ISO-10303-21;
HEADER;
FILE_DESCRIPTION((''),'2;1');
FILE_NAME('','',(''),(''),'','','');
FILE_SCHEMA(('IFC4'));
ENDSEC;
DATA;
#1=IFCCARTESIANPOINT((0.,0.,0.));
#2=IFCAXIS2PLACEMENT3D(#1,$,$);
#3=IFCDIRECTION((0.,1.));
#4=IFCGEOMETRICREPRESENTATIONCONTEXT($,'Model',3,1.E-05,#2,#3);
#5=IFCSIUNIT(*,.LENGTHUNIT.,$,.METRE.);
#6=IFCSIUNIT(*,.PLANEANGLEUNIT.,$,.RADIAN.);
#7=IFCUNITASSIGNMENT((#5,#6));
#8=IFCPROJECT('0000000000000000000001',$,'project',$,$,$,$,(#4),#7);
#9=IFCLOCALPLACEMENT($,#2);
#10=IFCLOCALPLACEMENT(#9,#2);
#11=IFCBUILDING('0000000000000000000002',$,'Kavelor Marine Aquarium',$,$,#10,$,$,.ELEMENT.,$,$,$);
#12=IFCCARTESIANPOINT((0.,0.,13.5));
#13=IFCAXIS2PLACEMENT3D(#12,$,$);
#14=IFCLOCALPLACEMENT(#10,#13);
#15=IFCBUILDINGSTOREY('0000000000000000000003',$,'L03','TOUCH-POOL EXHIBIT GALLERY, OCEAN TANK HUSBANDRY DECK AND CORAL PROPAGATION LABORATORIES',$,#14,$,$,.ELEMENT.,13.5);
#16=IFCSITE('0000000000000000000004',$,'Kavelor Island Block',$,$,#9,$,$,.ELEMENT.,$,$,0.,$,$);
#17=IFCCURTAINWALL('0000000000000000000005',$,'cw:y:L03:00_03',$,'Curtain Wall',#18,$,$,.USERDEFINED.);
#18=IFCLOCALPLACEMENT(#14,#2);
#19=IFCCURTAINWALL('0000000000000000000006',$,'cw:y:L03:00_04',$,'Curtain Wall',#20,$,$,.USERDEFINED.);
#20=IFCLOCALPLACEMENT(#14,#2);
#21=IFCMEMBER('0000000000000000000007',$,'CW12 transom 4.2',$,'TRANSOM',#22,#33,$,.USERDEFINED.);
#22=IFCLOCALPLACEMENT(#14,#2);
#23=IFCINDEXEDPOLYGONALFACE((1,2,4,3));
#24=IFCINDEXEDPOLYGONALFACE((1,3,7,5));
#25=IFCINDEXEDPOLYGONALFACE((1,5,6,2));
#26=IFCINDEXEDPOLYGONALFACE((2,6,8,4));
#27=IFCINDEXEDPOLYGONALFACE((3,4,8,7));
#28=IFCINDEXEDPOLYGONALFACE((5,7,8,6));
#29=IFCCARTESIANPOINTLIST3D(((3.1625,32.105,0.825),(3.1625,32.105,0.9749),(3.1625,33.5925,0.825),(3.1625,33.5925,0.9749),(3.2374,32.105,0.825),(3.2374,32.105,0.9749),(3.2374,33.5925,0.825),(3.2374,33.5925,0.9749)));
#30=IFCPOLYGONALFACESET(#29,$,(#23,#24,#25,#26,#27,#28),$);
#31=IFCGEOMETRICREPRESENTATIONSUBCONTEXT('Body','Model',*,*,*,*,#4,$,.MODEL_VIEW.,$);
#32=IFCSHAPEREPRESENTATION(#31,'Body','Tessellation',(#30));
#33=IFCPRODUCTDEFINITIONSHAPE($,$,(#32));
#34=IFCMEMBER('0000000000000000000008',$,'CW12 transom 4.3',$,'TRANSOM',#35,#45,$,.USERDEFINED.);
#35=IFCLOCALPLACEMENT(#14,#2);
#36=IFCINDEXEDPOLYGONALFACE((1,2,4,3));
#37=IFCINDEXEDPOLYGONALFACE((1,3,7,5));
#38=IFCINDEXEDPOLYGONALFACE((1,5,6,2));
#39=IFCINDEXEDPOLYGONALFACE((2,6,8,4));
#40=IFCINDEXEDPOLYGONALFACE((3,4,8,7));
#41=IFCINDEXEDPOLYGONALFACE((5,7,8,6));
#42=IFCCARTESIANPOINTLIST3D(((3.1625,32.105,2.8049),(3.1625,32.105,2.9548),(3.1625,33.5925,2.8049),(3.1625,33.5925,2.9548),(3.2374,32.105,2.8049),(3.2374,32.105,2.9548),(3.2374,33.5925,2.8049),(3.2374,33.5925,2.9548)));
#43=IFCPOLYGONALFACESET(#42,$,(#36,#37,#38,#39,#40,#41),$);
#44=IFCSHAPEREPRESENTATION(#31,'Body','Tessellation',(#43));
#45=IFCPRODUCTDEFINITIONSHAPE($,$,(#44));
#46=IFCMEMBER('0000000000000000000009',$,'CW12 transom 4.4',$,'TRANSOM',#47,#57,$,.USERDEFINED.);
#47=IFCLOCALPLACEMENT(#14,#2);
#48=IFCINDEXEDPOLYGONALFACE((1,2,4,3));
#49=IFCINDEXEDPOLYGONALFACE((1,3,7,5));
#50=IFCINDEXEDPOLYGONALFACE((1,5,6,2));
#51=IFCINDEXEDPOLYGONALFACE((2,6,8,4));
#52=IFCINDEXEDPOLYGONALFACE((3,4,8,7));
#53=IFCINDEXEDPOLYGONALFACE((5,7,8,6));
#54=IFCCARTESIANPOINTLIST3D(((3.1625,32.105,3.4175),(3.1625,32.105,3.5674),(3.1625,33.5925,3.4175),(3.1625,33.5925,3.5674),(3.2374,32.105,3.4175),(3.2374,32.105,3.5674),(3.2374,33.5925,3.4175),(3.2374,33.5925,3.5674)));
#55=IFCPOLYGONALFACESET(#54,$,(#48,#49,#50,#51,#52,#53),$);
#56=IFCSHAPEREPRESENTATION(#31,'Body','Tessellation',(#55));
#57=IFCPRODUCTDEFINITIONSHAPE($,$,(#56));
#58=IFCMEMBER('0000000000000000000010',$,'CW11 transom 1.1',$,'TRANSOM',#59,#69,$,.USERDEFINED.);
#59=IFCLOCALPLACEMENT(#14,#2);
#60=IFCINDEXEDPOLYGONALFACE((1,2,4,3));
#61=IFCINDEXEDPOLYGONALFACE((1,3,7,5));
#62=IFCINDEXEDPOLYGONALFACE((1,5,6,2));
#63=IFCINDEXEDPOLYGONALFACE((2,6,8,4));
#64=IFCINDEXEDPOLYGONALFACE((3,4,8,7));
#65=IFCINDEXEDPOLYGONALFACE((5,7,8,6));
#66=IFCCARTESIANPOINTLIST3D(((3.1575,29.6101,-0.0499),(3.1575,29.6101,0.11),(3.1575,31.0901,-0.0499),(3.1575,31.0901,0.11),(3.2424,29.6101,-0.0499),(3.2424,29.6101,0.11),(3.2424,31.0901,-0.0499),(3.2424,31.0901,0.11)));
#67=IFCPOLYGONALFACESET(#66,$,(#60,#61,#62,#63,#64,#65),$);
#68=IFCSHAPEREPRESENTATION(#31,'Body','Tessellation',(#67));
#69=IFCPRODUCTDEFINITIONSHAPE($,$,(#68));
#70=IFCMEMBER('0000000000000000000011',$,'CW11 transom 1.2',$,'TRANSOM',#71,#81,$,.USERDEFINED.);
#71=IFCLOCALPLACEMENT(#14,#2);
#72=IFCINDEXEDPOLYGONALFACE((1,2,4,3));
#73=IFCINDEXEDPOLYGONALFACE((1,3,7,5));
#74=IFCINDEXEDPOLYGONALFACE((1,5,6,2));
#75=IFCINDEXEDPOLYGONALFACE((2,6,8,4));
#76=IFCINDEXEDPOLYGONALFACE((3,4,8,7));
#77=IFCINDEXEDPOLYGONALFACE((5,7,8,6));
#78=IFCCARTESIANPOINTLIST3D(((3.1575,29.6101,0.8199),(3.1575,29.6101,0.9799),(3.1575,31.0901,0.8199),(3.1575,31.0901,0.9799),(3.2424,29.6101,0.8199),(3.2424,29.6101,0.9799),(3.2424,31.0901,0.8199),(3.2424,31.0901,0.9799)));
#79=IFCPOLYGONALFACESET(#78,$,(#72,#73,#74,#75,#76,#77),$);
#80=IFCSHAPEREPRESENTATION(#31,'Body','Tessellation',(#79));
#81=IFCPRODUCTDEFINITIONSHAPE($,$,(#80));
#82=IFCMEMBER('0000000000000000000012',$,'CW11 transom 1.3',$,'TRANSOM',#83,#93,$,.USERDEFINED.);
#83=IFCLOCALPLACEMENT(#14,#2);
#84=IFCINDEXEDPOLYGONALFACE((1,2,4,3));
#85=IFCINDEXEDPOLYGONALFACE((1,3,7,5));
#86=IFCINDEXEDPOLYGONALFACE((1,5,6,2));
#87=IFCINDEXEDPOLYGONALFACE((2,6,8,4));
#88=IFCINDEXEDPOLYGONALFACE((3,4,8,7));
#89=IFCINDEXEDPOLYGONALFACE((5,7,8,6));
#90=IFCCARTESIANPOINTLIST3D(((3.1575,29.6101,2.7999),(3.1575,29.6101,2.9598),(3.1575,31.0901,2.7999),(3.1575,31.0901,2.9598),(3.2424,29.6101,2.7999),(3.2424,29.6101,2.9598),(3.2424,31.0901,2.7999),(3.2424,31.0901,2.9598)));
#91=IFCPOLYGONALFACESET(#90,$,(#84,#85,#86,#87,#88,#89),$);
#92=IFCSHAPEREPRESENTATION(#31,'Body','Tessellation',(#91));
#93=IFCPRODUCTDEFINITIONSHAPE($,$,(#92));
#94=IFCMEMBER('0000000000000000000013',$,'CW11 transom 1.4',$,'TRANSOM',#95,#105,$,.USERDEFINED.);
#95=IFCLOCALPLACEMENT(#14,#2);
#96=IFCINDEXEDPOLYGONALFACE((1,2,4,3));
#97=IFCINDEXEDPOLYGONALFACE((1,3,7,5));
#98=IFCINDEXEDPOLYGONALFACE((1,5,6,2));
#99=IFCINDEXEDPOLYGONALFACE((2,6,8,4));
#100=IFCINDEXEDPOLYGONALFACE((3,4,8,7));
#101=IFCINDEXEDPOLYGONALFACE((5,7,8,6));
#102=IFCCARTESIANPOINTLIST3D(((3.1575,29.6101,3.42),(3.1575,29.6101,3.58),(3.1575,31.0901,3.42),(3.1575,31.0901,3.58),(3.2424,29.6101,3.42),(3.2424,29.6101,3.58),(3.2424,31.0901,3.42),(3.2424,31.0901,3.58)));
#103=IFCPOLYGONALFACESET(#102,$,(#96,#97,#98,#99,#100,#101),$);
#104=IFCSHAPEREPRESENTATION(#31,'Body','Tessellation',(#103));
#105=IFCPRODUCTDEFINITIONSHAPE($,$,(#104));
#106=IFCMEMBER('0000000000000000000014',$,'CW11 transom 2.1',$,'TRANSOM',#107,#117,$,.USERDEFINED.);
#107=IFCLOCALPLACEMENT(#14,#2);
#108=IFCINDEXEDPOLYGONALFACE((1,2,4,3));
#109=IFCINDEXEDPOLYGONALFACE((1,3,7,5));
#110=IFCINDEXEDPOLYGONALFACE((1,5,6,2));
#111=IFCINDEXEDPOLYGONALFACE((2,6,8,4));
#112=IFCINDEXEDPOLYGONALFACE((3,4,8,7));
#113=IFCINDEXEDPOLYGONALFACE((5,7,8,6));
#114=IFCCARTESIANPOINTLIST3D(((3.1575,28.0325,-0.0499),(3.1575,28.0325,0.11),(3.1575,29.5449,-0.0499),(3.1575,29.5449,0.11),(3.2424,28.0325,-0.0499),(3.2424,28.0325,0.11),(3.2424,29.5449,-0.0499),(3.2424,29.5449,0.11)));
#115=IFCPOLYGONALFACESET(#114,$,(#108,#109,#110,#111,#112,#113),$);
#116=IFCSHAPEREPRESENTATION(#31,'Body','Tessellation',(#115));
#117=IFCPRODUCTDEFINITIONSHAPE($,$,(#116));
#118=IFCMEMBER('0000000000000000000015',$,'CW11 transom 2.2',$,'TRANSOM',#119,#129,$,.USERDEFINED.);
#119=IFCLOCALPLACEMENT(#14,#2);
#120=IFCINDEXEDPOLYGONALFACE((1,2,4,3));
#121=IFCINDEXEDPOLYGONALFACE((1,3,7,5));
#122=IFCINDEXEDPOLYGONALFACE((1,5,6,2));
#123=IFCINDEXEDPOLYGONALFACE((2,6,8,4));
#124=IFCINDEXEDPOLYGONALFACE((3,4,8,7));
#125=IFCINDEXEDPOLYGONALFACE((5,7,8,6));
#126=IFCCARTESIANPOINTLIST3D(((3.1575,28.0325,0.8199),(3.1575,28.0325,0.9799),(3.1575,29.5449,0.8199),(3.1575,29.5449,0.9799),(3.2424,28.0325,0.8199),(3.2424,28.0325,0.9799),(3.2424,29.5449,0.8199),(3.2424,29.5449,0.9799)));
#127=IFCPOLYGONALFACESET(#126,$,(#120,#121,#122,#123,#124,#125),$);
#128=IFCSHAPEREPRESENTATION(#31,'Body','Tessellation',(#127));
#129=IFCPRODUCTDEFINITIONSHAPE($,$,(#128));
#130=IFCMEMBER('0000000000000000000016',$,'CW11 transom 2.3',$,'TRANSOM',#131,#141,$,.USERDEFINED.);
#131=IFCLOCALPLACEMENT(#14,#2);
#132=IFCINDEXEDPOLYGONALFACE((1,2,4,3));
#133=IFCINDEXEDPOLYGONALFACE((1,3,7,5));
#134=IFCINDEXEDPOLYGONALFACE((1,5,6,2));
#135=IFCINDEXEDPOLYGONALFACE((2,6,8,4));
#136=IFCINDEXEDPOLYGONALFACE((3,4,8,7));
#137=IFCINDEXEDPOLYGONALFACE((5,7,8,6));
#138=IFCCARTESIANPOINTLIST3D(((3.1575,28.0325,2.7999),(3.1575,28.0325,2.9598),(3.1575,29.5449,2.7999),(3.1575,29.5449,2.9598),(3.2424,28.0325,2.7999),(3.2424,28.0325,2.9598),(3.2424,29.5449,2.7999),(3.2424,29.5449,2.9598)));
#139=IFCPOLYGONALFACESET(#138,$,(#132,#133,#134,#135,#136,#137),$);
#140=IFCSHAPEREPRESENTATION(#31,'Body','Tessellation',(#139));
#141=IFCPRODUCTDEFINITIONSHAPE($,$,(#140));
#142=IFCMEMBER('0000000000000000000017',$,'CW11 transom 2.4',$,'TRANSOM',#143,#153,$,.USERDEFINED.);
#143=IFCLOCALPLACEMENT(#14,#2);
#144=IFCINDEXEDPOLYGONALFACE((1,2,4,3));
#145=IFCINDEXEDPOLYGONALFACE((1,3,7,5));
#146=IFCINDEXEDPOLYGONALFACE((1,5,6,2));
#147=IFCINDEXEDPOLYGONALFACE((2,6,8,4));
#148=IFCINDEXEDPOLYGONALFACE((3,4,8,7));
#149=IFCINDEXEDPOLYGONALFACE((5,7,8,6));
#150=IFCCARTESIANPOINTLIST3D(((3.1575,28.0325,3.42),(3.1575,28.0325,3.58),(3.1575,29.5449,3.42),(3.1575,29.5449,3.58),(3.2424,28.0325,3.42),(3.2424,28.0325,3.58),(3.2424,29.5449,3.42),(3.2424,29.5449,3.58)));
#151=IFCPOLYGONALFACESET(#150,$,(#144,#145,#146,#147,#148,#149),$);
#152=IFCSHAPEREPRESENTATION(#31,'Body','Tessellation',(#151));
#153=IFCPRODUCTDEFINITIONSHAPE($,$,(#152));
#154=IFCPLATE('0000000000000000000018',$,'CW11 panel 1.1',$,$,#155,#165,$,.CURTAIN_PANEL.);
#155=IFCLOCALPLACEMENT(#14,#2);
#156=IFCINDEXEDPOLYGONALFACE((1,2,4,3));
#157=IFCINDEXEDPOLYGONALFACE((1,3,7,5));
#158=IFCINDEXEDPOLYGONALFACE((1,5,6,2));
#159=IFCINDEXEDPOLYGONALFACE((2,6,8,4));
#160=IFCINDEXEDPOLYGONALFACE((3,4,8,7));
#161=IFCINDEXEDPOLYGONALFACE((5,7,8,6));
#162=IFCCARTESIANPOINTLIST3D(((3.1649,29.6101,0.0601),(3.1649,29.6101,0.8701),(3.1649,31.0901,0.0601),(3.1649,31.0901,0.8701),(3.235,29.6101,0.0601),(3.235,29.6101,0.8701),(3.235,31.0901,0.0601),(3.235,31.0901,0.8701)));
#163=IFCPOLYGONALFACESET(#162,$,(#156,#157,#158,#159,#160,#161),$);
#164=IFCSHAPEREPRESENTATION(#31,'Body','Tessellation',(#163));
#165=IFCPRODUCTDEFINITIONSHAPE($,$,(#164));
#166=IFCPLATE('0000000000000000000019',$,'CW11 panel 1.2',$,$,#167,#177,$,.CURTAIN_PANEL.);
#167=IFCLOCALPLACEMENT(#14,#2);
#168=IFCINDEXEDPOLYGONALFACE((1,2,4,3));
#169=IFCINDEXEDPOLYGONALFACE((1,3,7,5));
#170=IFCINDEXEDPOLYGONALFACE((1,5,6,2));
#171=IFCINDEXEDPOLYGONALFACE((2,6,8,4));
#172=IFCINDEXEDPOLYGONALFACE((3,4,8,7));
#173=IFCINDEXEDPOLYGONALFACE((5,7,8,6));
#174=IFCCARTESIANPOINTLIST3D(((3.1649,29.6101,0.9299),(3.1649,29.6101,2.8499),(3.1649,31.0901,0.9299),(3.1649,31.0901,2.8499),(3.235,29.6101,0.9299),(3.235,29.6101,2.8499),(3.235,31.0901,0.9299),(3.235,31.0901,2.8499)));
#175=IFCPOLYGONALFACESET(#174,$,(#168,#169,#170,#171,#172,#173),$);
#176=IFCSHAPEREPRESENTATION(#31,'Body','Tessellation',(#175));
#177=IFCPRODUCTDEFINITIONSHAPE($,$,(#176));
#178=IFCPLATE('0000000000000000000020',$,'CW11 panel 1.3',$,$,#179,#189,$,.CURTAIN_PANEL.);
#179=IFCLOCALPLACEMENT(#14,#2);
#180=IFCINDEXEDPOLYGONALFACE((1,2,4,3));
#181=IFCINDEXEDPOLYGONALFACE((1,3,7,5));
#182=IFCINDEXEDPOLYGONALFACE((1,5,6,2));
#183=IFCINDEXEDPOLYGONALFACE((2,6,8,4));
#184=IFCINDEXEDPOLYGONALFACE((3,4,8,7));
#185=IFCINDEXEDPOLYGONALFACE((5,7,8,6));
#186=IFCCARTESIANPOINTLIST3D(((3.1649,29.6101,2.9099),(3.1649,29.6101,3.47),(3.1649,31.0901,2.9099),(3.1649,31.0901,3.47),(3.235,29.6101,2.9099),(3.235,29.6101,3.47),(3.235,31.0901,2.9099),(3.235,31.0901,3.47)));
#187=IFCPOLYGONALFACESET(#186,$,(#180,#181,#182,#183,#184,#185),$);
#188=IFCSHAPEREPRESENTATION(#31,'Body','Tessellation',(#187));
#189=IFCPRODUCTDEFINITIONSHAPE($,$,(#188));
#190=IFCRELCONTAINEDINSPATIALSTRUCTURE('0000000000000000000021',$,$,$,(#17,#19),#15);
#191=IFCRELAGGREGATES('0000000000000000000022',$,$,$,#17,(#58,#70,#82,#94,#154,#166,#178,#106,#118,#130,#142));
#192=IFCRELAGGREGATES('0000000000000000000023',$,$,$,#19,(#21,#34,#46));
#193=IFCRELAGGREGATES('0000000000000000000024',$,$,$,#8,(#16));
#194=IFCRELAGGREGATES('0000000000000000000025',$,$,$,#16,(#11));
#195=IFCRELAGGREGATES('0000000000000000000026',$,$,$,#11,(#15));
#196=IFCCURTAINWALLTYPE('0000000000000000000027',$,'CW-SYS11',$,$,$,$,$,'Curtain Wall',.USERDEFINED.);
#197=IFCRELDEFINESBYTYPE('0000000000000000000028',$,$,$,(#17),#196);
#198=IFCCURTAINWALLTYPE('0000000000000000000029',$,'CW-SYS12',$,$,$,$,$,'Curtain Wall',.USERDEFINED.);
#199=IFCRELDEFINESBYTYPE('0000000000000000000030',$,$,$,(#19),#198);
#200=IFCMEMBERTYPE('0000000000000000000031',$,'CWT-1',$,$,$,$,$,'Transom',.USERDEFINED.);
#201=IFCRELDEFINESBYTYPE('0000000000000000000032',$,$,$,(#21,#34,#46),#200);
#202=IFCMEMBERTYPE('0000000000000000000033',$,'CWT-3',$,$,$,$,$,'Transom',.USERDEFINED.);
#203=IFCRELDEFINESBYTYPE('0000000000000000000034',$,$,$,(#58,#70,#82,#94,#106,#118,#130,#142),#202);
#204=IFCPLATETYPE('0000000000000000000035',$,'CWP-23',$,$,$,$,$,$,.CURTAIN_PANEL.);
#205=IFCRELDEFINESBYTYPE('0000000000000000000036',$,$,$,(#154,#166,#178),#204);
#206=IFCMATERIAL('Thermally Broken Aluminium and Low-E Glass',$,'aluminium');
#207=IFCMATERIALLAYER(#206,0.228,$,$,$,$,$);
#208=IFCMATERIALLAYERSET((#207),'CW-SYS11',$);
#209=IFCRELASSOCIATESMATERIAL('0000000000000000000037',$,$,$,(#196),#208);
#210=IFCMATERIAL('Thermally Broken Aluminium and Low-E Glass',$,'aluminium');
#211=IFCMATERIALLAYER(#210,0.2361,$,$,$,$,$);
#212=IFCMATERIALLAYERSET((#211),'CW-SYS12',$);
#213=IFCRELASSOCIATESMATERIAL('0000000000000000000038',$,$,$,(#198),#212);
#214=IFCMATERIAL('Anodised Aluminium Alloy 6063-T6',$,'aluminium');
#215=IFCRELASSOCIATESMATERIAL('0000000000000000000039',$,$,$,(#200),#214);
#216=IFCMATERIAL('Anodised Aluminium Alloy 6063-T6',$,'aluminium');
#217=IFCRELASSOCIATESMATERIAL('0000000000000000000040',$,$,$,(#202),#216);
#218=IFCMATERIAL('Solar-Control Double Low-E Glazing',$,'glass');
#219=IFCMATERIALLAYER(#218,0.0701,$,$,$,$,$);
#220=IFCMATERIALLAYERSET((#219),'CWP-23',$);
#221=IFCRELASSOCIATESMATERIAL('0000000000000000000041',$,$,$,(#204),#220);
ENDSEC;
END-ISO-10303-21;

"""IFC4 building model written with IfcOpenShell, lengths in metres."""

from ifc_helpers import new_model, si_unit, direction, frame, origin, origin_2d, place, context, subcontext, project, spatial, rectangle, extrude, material, layer, layer_set, material_profile, profile_set, type_object, element, aggregate, save


model = new_model("IFC4")

# Units and contexts
model_context = context("Model", 3, precision=1e-05, world=origin(), true_north=direction((0.0, 1.0)))
body_context = subcontext(model_context, "Body", "Model", "MODEL_VIEW")
ifc_project = project(units=[si_unit("LENGTHUNIT", "METRE"), si_unit("PLANEANGLEUNIT", "RADIAN")], contexts=[model_context])

# Site, building, storey
site_placement = place(None, origin())
site = spatial("IfcSite", under=ifc_project, at=site_placement, Name="Kavelor Island Block", CompositionType="ELEMENT", RefElevation=0.0)
building_placement = place(site_placement, origin())
building = spatial("IfcBuilding", under=site, at=building_placement, Name="Kavelor Marine Aquarium", CompositionType="ELEMENT")
storey_placement = place(building_placement, frame((0.0, 0.0, 13.5)))
storey = spatial("IfcBuildingStorey", under=building, at=storey_placement, Name="L03", Description="TOUCH-POOL EXHIBIT GALLERY, OCEAN TANK HUSBANDRY DECK AND CORAL PROPAGATION LABORATORIES", CompositionType="ELEMENT", Elevation=13.5)

# Curtain walls, members
ifc_material_1 = material(Name="Thermally Broken Aluminium and Low-E Glass", Category="aluminium")
ifc_layer_1 = layer(ifc_material_1, 0.228)
ifc_layer_set_1 = layer_set([ifc_layer_1], Name="CW-SYS11")
curtain_wall_type_1 = type_object("IfcCurtainWallType", Name="CW-SYS11", ElementType="Curtain Wall", PredefinedType="USERDEFINED", material=ifc_layer_set_1)
curtain_wall_1_placement = place(storey_placement, origin())
curtain_wall_1 = element("IfcCurtainWall", 1, at=curtain_wall_1_placement, inside=storey, type_object=curtain_wall_type_1, Name="cw:y:L03:00_03", ObjectType="Curtain Wall", PredefinedType="USERDEFINED")
ifc_material_2 = material(Name="Thermally Broken Aluminium and Low-E Glass", Category="aluminium")
ifc_layer_2 = layer(ifc_material_2, 0.2361)
ifc_layer_set_2 = layer_set([ifc_layer_2], Name="CW-SYS12")
curtain_wall_type_2 = type_object("IfcCurtainWallType", Name="CW-SYS12", ElementType="Curtain Wall", PredefinedType="USERDEFINED", material=ifc_layer_set_2)
curtain_wall_2_placement = place(storey_placement, origin())
curtain_wall_2 = element("IfcCurtainWall", 2, at=curtain_wall_2_placement, inside=storey, type_object=curtain_wall_type_2, Name="cw:y:L03:00_04", ObjectType="Curtain Wall", PredefinedType="USERDEFINED")
ifc_material_3 = material(Name="Anodised Aluminium Alloy 6063-T6", Category="aluminium")
ifc_material_profile_1 = material_profile(ifc_material_3, rectangle(XDim=0.075, YDim=0.1499, at=origin_2d()), Name="CW-TRN 75x150")
ifc_profile_set_1 = profile_set([ifc_material_profile_1], Name="Anodised Aluminium Alloy 6063-T6")
member_type_1 = type_object("IfcMemberType", Name="CWT-1", ElementType="Transom", PredefinedType="USERDEFINED", material=ifc_profile_set_1)
member_1_placement = place(storey_placement, frame((3.2, 33.5925, 0.8999), z_axis=(0.0, -1.0, 0.0), x_axis=(1.0, 0.0, 0.0)))
member_1 = element("IfcMember", 3, at=member_1_placement, type_object=member_type_1, Name="CW12 transom 4.2", ObjectType="TRANSOM", PredefinedType="USERDEFINED", context=body_context, shape_type="SweptSolid", body=[
    extrude(rectangle(XDim=0.075, YDim=0.1499, at=origin_2d()), origin(), (0.0, 0.0, 1.0), 1.4875),
])
member_2_placement = place(storey_placement, frame((3.2, 33.5925, 2.8799), z_axis=(0.0, -1.0, 0.0), x_axis=(1.0, 0.0, 0.0)))
member_2 = element("IfcMember", 4, at=member_2_placement, type_object=member_type_1, Name="CW12 transom 4.3", ObjectType="TRANSOM", PredefinedType="USERDEFINED", context=body_context, shape_type="SweptSolid", body=[
    extrude(rectangle(XDim=0.075, YDim=0.1499, at=origin_2d()), origin(), (0.0, 0.0, 1.0), 1.4875),
])
member_3_placement = place(storey_placement, frame((3.2, 33.5925, 3.4924), z_axis=(0.0, -1.0, 0.0), x_axis=(1.0, 0.0, 0.0)))
member_3 = element("IfcMember", 5, at=member_3_placement, type_object=member_type_1, Name="CW12 transom 4.4", ObjectType="TRANSOM", PredefinedType="USERDEFINED", context=body_context, shape_type="SweptSolid", body=[
    extrude(rectangle(XDim=0.075, YDim=0.1499, at=origin_2d()), origin(), (0.0, 0.0, 1.0), 1.4875),
])

# Members
ifc_material_4 = material(Name="Anodised Aluminium Alloy 6063-T6", Category="aluminium")
ifc_material_profile_2 = material_profile(ifc_material_4, rectangle(XDim=0.085, YDim=0.1599, at=origin_2d()), Name="CW-TRN 85x160")
ifc_profile_set_2 = profile_set([ifc_material_profile_2], Name="Anodised Aluminium Alloy 6063-T6")
member_type_2 = type_object("IfcMemberType", Name="CWT-3", ElementType="Transom", PredefinedType="USERDEFINED", material=ifc_profile_set_2)
member_4_placement = place(storey_placement, frame((3.2, 31.0901, 0.03), z_axis=(0.0, -1.0, 0.0), x_axis=(1.0, 0.0, 0.0)))
member_4 = element("IfcMember", 6, at=member_4_placement, type_object=member_type_2, Name="CW11 transom 1.1", ObjectType="TRANSOM", PredefinedType="USERDEFINED", context=body_context, shape_type="SweptSolid", body=[
    extrude(rectangle(XDim=0.085, YDim=0.1599, at=origin_2d()), origin(), (0.0, 0.0, 1.0), 1.48),
])
member_5_placement = place(storey_placement, frame((3.2, 31.0901, 0.8999), z_axis=(0.0, -1.0, 0.0), x_axis=(1.0, 0.0, 0.0)))
member_5 = element("IfcMember", 7, at=member_5_placement, type_object=member_type_2, Name="CW11 transom 1.2", ObjectType="TRANSOM", PredefinedType="USERDEFINED", context=body_context, shape_type="SweptSolid", body=[
    extrude(rectangle(XDim=0.085, YDim=0.1599, at=origin_2d()), origin(), (0.0, 0.0, 1.0), 1.48),
])
member_6_placement = place(storey_placement, frame((3.2, 31.0901, 2.8799), z_axis=(0.0, -1.0, 0.0), x_axis=(1.0, 0.0, 0.0)))
member_6 = element("IfcMember", 8, at=member_6_placement, type_object=member_type_2, Name="CW11 transom 1.3", ObjectType="TRANSOM", PredefinedType="USERDEFINED", context=body_context, shape_type="SweptSolid", body=[
    extrude(rectangle(XDim=0.085, YDim=0.1599, at=origin_2d()), origin(), (0.0, 0.0, 1.0), 1.48),
])
member_7_placement = place(storey_placement, frame((3.2, 31.0901, 3.5), z_axis=(0.0, -1.0, 0.0), x_axis=(1.0, 0.0, 0.0)))
member_7 = element("IfcMember", 9, at=member_7_placement, type_object=member_type_2, Name="CW11 transom 1.4", ObjectType="TRANSOM", PredefinedType="USERDEFINED", context=body_context, shape_type="SweptSolid", body=[
    extrude(rectangle(XDim=0.085, YDim=0.1599, at=origin_2d()), origin(), (0.0, 0.0, 1.0), 1.48),
])
member_8_placement = place(storey_placement, frame((3.2, 29.5449, 0.03), z_axis=(0.0, -1.0, 0.0), x_axis=(1.0, 0.0, 0.0)))
member_8 = element("IfcMember", 10, at=member_8_placement, type_object=member_type_2, Name="CW11 transom 2.1", ObjectType="TRANSOM", PredefinedType="USERDEFINED", context=body_context, shape_type="SweptSolid", body=[
    extrude(rectangle(XDim=0.085, YDim=0.1599, at=origin_2d()), origin(), (0.0, 0.0, 1.0), 1.5125),
])
member_9_placement = place(storey_placement, frame((3.2, 29.5449, 0.8999), z_axis=(0.0, -1.0, 0.0), x_axis=(1.0, 0.0, 0.0)))
member_9 = element("IfcMember", 11, at=member_9_placement, type_object=member_type_2, Name="CW11 transom 2.2", ObjectType="TRANSOM", PredefinedType="USERDEFINED", context=body_context, shape_type="SweptSolid", body=[
    extrude(rectangle(XDim=0.085, YDim=0.1599, at=origin_2d()), origin(), (0.0, 0.0, 1.0), 1.5125),
])
member_10_placement = place(storey_placement, frame((3.2, 29.5449, 2.8799), z_axis=(0.0, -1.0, 0.0), x_axis=(1.0, 0.0, 0.0)))
member_10 = element("IfcMember", 12, at=member_10_placement, type_object=member_type_2, Name="CW11 transom 2.3", ObjectType="TRANSOM", PredefinedType="USERDEFINED", context=body_context, shape_type="SweptSolid", body=[
    extrude(rectangle(XDim=0.085, YDim=0.1599, at=origin_2d()), origin(), (0.0, 0.0, 1.0), 1.5125),
])
member_11_placement = place(storey_placement, frame((3.2, 29.5449, 3.5), z_axis=(0.0, -1.0, 0.0), x_axis=(1.0, 0.0, 0.0)))
member_11 = element("IfcMember", 13, at=member_11_placement, type_object=member_type_2, Name="CW11 transom 2.4", ObjectType="TRANSOM", PredefinedType="USERDEFINED", context=body_context, shape_type="SweptSolid", body=[
    extrude(rectangle(XDim=0.085, YDim=0.1599, at=origin_2d()), origin(), (0.0, 0.0, 1.0), 1.5125),
])

# Plates
ifc_material_5 = material(Name="Solar-Control Double Low-E Glazing", Category="glass")
ifc_layer_3 = layer(ifc_material_5, 0.0701)
ifc_layer_set_3 = layer_set([ifc_layer_3], Name="CWP-23")
plate_type_1 = type_object("IfcPlateType", Name="CWP-23", PredefinedType="CURTAIN_PANEL", material=ifc_layer_set_3)
plate_1_placement = place(storey_placement, frame((3.2, 30.3501, 0.0601), z_axis=(0.0, 0.0, 1.0), x_axis=(0.0, -1.0, 0.0)))
plate_1 = element("IfcPlate", 14, at=plate_1_placement, type_object=plate_type_1, Name="CW11 panel 1.1", PredefinedType="CURTAIN_PANEL", context=body_context, shape_type="SweptSolid", body=[
    extrude(rectangle(XDim=1.48, YDim=0.0701, at=origin_2d()), origin(), (0.0, 0.0, 1.0), 0.8101),
])
plate_2_placement = place(storey_placement, frame((3.2, 30.3501, 0.9299), z_axis=(0.0, 0.0, 1.0), x_axis=(0.0, -1.0, 0.0)))
plate_2 = element("IfcPlate", 15, at=plate_2_placement, type_object=plate_type_1, Name="CW11 panel 1.2", PredefinedType="CURTAIN_PANEL", context=body_context, shape_type="SweptSolid", body=[
    extrude(rectangle(XDim=1.48, YDim=0.0701, at=origin_2d()), origin(), (0.0, 0.0, 1.0), 1.9199),
])
plate_3_placement = place(storey_placement, frame((3.2, 30.3501, 2.9099), z_axis=(0.0, 0.0, 1.0), x_axis=(0.0, -1.0, 0.0)))
plate_3 = element("IfcPlate", 16, at=plate_3_placement, type_object=plate_type_1, Name="CW11 panel 1.3", PredefinedType="CURTAIN_PANEL", context=body_context, shape_type="SweptSolid", body=[
    extrude(rectangle(XDim=1.48, YDim=0.0701, at=origin_2d()), origin(), (0.0, 0.0, 1.0), 0.5601),
])
aggregate(curtain_wall_1, [member_4, member_5, member_6, member_7, plate_1, plate_2, plate_3, member_8, member_9, member_10, member_11])
aggregate(curtain_wall_2, [member_1, member_2, member_3])

save(model, "model.ifc")
